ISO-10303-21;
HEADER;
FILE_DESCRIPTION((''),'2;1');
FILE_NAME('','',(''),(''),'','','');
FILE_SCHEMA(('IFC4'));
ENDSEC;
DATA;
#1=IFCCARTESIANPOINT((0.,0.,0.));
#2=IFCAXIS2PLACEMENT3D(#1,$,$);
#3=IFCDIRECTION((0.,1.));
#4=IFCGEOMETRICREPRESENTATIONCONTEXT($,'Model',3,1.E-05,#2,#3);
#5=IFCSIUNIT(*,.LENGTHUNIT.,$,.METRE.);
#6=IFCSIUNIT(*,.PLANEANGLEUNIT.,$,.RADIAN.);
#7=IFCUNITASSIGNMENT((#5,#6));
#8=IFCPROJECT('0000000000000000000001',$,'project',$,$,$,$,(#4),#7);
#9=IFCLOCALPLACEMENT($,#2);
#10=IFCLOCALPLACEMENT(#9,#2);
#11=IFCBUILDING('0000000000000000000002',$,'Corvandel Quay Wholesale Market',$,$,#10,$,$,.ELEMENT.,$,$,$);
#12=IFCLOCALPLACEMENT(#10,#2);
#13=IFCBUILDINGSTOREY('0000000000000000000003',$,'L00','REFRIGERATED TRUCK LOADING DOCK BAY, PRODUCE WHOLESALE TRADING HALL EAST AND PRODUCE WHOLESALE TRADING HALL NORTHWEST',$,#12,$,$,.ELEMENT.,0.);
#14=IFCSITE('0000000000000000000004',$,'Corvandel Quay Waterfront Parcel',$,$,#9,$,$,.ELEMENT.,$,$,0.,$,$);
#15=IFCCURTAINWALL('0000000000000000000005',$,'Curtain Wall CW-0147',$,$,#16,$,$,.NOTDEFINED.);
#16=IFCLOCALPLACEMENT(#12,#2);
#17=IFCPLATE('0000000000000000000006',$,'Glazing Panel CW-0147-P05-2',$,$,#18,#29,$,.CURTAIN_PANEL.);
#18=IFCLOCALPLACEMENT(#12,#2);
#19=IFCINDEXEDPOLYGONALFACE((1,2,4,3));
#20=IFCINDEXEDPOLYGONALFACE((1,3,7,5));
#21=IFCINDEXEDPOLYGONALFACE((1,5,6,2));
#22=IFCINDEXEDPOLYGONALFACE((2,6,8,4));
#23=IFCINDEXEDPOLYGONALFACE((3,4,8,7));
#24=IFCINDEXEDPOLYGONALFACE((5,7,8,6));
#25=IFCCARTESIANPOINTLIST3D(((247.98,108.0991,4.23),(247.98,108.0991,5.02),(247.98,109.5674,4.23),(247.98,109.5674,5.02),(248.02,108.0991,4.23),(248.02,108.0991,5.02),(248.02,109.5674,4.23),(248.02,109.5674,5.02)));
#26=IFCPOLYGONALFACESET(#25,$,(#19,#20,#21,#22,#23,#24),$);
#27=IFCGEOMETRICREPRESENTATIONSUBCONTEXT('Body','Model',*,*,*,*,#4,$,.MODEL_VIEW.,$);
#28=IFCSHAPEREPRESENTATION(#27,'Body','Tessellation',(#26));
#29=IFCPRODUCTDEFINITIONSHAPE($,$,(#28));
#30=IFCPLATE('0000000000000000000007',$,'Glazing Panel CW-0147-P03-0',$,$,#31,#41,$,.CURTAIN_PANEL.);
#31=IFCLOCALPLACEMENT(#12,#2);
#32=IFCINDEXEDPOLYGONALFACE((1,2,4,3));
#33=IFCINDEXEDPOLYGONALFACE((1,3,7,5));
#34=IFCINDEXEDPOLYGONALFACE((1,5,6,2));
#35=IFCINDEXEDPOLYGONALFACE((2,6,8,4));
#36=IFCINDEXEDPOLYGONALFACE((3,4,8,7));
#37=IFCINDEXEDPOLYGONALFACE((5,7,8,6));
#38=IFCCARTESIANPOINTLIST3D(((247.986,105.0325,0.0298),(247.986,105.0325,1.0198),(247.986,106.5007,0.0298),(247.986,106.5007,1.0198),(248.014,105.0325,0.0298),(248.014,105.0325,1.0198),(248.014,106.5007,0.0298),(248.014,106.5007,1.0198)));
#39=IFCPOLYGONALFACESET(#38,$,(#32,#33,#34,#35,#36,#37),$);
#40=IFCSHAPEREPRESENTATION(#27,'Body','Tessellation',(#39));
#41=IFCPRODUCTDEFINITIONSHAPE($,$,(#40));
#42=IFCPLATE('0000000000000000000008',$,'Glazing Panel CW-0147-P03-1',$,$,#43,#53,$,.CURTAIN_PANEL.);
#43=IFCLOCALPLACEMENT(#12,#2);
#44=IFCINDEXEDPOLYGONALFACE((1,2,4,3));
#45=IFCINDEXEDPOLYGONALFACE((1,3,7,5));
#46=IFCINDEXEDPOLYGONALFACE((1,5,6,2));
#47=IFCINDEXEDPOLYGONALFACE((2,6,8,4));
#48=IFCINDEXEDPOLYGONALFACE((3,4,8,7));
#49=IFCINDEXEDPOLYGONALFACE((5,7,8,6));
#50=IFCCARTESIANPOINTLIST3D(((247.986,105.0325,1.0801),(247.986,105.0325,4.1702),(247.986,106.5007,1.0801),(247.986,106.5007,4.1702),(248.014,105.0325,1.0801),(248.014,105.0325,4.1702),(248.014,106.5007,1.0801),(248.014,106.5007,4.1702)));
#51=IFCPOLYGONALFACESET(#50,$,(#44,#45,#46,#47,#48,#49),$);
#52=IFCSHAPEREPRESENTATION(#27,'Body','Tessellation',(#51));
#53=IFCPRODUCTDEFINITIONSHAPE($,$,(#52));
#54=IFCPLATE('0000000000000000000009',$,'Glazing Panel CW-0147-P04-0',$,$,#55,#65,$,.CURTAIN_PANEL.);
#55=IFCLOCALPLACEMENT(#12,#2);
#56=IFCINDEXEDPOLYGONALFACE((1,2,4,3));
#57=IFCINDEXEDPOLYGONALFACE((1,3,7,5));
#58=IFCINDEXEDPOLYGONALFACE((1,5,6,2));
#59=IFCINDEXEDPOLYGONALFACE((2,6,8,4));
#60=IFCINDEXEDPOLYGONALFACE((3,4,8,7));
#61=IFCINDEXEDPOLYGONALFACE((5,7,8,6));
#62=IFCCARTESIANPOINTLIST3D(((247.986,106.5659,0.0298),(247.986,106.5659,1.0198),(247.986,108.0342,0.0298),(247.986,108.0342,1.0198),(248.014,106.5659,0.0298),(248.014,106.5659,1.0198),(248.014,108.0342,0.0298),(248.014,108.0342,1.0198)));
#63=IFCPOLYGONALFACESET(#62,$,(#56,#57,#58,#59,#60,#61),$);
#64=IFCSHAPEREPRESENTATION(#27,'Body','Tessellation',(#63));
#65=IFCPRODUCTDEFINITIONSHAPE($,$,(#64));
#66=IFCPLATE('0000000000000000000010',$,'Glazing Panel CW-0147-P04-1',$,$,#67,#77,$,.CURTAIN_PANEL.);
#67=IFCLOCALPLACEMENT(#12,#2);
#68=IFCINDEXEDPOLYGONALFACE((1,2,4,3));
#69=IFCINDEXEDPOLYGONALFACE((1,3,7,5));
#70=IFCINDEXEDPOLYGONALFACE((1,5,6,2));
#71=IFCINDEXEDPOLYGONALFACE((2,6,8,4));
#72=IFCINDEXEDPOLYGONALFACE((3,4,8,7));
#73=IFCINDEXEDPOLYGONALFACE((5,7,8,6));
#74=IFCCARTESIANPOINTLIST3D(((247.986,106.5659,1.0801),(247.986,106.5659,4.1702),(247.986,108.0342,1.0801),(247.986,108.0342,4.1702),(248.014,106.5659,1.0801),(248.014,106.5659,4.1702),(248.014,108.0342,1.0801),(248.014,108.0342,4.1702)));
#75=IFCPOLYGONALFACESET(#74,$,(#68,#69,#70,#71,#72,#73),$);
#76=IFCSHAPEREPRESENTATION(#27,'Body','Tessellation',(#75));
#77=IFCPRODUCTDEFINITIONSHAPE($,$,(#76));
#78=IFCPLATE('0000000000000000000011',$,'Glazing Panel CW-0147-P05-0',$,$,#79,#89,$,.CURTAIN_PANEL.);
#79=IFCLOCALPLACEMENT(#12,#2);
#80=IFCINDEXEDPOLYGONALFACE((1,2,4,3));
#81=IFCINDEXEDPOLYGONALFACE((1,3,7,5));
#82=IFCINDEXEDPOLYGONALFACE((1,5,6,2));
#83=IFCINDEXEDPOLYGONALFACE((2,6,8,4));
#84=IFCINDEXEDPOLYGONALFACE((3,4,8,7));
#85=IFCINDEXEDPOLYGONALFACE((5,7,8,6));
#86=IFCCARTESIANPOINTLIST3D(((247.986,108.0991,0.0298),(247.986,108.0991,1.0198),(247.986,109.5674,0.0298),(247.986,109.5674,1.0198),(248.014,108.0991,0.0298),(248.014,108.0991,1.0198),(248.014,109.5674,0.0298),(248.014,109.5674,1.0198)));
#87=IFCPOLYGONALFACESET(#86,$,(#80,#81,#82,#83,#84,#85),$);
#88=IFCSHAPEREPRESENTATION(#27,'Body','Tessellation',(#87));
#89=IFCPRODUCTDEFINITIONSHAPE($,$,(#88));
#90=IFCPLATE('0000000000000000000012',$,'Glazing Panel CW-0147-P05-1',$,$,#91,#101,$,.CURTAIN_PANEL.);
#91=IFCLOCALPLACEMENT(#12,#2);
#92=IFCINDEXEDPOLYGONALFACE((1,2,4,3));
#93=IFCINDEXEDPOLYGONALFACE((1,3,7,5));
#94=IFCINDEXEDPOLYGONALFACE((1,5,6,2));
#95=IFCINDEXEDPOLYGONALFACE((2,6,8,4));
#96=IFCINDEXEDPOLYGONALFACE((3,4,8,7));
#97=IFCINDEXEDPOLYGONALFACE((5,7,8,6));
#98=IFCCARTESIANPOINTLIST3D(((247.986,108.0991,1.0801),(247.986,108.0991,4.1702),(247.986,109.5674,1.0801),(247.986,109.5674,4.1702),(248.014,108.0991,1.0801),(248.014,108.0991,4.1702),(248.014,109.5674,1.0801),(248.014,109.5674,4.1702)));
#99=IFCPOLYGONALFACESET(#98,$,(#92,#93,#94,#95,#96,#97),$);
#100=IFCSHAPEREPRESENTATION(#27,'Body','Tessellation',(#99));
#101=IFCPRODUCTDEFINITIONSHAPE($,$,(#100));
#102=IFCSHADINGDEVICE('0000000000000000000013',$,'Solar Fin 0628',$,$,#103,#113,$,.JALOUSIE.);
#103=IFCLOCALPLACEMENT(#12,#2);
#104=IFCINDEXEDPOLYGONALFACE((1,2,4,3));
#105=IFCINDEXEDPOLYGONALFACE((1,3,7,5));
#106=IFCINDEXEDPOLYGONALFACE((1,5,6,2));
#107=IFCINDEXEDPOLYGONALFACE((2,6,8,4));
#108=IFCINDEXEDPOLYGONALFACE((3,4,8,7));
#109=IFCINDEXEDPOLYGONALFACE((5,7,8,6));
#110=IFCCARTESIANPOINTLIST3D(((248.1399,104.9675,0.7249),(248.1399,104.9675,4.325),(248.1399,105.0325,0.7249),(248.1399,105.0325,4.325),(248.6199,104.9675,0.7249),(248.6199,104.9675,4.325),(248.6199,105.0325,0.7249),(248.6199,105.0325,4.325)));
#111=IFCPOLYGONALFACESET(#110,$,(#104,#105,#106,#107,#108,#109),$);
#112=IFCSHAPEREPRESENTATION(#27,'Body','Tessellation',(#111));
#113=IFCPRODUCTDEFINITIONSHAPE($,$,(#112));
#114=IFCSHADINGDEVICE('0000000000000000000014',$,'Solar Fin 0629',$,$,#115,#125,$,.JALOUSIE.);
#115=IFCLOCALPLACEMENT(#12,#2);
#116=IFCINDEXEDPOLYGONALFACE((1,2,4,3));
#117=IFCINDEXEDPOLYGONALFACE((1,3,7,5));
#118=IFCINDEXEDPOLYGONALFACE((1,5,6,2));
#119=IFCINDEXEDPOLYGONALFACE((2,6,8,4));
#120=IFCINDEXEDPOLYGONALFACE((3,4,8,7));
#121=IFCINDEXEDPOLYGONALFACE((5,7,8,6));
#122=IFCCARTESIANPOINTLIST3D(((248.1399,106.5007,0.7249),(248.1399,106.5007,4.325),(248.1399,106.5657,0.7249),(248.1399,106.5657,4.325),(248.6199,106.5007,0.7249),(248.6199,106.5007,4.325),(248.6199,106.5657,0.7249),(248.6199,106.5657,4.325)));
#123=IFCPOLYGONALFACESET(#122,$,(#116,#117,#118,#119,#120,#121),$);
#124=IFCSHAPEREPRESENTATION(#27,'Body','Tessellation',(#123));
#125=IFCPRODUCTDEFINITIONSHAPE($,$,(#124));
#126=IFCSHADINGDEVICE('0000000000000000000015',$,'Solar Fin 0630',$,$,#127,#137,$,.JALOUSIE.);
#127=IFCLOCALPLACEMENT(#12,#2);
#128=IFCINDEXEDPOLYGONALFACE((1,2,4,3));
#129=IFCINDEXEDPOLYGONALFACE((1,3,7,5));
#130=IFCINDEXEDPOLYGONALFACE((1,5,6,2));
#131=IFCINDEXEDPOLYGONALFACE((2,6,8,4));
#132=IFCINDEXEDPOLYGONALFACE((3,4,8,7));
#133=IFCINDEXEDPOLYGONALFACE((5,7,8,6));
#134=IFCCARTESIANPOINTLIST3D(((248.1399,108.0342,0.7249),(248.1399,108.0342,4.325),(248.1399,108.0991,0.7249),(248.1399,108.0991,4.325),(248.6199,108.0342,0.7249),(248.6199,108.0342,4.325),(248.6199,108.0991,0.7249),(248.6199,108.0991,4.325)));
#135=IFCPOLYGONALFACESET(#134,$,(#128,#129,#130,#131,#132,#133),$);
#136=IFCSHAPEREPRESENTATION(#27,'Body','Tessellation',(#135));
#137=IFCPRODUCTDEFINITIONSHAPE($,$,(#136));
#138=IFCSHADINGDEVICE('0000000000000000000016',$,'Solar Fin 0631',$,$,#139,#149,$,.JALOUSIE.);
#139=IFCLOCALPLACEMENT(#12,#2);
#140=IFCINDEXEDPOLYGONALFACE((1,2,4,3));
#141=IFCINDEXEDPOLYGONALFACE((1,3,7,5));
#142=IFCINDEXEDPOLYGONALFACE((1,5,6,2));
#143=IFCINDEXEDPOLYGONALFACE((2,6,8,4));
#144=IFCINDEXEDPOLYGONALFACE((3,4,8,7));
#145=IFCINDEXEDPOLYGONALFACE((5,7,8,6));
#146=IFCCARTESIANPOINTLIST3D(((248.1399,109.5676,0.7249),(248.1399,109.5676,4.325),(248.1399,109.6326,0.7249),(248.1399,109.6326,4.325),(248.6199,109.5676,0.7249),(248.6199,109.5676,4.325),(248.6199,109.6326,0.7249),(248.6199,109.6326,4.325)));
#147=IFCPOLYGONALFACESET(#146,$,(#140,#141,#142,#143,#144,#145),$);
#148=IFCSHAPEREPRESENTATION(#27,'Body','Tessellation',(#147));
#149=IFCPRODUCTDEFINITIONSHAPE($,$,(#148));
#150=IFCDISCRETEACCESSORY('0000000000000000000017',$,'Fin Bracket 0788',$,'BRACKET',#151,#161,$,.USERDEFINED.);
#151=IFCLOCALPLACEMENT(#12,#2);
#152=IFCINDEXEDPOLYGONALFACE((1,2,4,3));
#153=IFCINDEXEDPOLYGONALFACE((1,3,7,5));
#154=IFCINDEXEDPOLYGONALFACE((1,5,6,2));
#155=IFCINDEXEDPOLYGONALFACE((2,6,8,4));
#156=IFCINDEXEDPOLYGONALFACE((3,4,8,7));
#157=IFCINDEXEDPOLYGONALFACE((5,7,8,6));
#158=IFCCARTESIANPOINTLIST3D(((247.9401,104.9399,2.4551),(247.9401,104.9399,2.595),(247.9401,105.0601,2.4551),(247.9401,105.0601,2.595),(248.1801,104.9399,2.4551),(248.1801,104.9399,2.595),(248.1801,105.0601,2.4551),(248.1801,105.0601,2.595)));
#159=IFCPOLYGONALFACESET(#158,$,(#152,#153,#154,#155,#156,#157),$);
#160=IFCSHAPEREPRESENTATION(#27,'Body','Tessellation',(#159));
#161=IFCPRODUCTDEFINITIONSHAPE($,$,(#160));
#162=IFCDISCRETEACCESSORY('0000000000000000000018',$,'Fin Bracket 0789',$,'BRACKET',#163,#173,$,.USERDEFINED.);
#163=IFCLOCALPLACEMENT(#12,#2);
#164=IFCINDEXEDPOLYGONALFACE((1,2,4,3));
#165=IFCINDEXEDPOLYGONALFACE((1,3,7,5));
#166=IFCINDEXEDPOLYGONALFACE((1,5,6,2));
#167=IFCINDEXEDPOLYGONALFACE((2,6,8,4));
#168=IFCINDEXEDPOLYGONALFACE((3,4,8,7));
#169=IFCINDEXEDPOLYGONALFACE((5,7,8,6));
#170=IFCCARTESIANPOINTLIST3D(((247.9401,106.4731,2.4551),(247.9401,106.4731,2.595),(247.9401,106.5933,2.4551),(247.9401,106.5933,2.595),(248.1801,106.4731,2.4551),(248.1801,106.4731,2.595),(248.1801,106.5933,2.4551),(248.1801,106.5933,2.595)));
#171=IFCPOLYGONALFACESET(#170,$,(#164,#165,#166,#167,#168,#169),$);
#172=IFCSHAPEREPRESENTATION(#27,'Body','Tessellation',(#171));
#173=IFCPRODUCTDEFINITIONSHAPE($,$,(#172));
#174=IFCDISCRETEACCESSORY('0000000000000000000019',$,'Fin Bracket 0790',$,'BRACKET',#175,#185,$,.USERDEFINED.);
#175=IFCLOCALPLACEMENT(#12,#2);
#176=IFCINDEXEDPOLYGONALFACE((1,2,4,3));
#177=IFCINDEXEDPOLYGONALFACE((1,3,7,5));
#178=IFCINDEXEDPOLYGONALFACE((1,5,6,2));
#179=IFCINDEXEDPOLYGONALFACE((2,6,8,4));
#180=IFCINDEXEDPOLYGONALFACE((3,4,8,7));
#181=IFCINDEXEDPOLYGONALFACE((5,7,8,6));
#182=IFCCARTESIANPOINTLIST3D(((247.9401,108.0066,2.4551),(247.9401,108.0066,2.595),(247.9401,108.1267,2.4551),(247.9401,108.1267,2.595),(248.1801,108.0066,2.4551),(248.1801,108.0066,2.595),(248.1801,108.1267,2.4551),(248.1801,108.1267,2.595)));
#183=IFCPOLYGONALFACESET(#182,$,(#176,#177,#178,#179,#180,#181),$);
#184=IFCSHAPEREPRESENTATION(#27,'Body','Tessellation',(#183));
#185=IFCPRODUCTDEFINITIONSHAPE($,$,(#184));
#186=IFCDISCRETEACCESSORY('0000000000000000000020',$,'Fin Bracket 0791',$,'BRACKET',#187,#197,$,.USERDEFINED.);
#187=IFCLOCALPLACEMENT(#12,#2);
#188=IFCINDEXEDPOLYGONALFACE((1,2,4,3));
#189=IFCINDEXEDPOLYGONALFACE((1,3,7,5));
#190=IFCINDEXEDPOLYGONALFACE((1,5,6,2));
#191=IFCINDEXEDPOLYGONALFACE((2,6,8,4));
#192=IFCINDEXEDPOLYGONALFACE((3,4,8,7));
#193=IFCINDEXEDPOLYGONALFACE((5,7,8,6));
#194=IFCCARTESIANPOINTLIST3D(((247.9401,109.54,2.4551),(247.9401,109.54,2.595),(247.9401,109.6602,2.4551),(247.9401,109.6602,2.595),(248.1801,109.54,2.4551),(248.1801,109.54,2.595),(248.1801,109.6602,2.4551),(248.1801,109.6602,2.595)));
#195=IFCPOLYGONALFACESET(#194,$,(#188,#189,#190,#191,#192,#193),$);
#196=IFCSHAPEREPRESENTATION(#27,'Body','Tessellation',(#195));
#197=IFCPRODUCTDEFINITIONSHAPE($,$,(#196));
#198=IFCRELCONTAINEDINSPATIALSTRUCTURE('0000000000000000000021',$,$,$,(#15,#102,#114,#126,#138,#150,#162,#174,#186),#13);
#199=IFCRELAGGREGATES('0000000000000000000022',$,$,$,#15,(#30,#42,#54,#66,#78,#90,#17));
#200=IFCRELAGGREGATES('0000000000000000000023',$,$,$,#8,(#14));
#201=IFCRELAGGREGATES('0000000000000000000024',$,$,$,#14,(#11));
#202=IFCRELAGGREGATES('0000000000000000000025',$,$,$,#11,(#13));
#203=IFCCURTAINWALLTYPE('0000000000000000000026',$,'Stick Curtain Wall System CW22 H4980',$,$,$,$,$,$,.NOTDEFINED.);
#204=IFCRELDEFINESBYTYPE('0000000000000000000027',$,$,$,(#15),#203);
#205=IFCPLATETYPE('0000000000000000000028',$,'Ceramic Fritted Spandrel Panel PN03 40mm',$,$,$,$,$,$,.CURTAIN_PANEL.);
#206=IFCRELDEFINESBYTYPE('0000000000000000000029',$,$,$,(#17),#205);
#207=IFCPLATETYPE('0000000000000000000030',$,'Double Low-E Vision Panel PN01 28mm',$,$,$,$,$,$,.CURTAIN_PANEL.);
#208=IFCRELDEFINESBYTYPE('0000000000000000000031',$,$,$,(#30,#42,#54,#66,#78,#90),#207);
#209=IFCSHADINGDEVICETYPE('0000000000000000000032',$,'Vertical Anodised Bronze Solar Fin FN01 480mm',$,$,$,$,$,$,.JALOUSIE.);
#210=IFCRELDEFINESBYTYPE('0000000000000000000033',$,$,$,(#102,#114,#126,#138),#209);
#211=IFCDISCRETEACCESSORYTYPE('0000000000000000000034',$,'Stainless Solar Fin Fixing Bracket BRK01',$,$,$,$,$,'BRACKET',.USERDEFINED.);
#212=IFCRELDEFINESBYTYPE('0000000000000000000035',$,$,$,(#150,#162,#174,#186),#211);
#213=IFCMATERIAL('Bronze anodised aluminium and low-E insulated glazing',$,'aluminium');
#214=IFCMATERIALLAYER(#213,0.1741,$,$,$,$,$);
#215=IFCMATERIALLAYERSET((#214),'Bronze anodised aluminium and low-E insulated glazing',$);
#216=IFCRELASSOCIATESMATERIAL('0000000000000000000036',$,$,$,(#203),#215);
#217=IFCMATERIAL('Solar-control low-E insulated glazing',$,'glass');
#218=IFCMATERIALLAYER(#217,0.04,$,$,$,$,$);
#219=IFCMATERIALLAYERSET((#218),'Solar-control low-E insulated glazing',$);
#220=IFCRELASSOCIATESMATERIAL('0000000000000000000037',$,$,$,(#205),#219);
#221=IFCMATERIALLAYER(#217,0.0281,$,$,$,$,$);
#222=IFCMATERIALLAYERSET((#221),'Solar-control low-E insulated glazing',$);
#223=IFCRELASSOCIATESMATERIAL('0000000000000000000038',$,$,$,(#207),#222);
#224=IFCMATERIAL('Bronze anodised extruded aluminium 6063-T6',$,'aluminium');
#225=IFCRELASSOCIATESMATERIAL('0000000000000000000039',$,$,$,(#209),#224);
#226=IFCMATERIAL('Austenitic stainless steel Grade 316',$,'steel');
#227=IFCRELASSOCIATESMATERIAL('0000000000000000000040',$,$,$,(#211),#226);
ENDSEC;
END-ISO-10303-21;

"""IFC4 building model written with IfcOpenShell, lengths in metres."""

from ifc_helpers import new_model, si_unit, direction, frame, origin, origin_2d, place, context, subcontext, project, spatial, rectangle, extrude, material, layer, layer_set, type_object, element, aggregate, save


model = new_model("IFC4")

# Units and contexts
model_context = context("Model", 3, precision=1e-05, world=origin(), true_north=direction((0.0, 1.0)))
body_context = subcontext(model_context, "Body", "Model", "MODEL_VIEW")
ifc_project = project(units=[si_unit("LENGTHUNIT", "METRE"), si_unit("PLANEANGLEUNIT", "RADIAN")], contexts=[model_context])

# Site, building, storey
site_placement = place(None, origin())
site = spatial("IfcSite", under=ifc_project, at=site_placement, Name="Corvandel Quay Waterfront Parcel", CompositionType="ELEMENT", RefElevation=0.0)
building_placement = place(site_placement, origin())
building = spatial("IfcBuilding", under=site, at=building_placement, Name="Corvandel Quay Wholesale Market", CompositionType="ELEMENT")
storey_placement = place(building_placement, origin())
storey = spatial("IfcBuildingStorey", under=building, at=storey_placement, Name="L00", Description="REFRIGERATED TRUCK LOADING DOCK BAY, PRODUCE WHOLESALE TRADING HALL EAST AND PRODUCE WHOLESALE TRADING HALL NORTHWEST", CompositionType="ELEMENT", Elevation=0.0)

# Curtain wall, plates
ifc_material_1 = material(Name="Bronze anodised aluminium and low-E insulated glazing", Category="aluminium")
ifc_layer_1 = layer(ifc_material_1, 0.1741)
ifc_layer_set_1 = layer_set([ifc_layer_1], Name="Bronze anodised aluminium and low-E insulated glazing")
curtain_wall_type = type_object("IfcCurtainWallType", Name="Stick Curtain Wall System CW22 H4980", PredefinedType="NOTDEFINED", material=ifc_layer_set_1)
curtain_wall_placement = place(storey_placement, origin())
curtain_wall = element("IfcCurtainWall", 1, at=curtain_wall_placement, inside=storey, type_object=curtain_wall_type, Name="Curtain Wall CW-0147", PredefinedType="NOTDEFINED")
ifc_material_2 = material(Name="Solar-control low-E insulated glazing", Category="glass")
ifc_layer_2 = layer(ifc_material_2, 0.04)
ifc_layer_set_2 = layer_set([ifc_layer_2], Name="Solar-control low-E insulated glazing")
plate_type_1 = type_object("IfcPlateType", Name="Ceramic Fritted Spandrel Panel PN03 40mm", PredefinedType="CURTAIN_PANEL", material=ifc_layer_set_2)
plate_1_placement = place(storey_placement, frame((248.0, 108.8333, 4.23), z_axis=(0.0, 0.0, 1.0), x_axis=(0.0, 1.0, 0.0)))
plate_1 = element("IfcPlate", 2, at=plate_1_placement, type_object=plate_type_1, Name="Glazing Panel CW-0147-P05-2", PredefinedType="CURTAIN_PANEL", context=body_context, shape_type="SweptSolid", body=[
    extrude(rectangle(XDim=1.4683, YDim=0.04, at=origin_2d()), origin(), (0.0, 0.0, 1.0), 0.79),
])
ifc_layer_3 = layer(ifc_material_2, 0.0281)
ifc_layer_set_3 = layer_set([ifc_layer_3], Name="Solar-control low-E insulated glazing")
plate_type_2 = type_object("IfcPlateType", Name="Double Low-E Vision Panel PN01 28mm", PredefinedType="CURTAIN_PANEL", material=ifc_layer_set_3)
plate_2_placement = place(storey_placement, frame((248.0, 105.7666, 0.0298), z_axis=(0.0, 0.0, 1.0), x_axis=(0.0, 1.0, 0.0)))
plate_2 = element("IfcPlate", 3, at=plate_2_placement, type_object=plate_type_2, Name="Glazing Panel CW-0147-P03-0", PredefinedType="CURTAIN_PANEL", context=body_context, shape_type="SweptSolid", body=[
    extrude(rectangle(XDim=1.4683, YDim=0.0281, at=origin_2d()), origin(), (0.0, 0.0, 1.0), 0.99),
])
plate_3_placement = place(storey_placement, frame((248.0, 105.7666, 1.0801), z_axis=(0.0, 0.0, 1.0), x_axis=(0.0, 1.0, 0.0)))
plate_3 = element("IfcPlate", 4, at=plate_3_placement, type_object=plate_type_2, Name="Glazing Panel CW-0147-P03-1", PredefinedType="CURTAIN_PANEL", context=body_context, shape_type="SweptSolid", body=[
    extrude(rectangle(XDim=1.4683, YDim=0.0281, at=origin_2d()), origin(), (0.0, 0.0, 1.0), 3.0901),
])
plate_4_placement = place(storey_placement, frame((248.0, 107.3, 0.0298), z_axis=(0.0, 0.0, 1.0), x_axis=(0.0, 1.0, 0.0)))
plate_4 = element("IfcPlate", 5, at=plate_4_placement, type_object=plate_type_2, Name="Glazing Panel CW-0147-P04-0", PredefinedType="CURTAIN_PANEL", context=body_context, shape_type="SweptSolid", body=[
    extrude(rectangle(XDim=1.4683, YDim=0.0281, at=origin_2d()), origin(), (0.0, 0.0, 1.0), 0.99),
])
plate_5_placement = place(storey_placement, frame((248.0, 107.3, 1.0801), z_axis=(0.0, 0.0, 1.0), x_axis=(0.0, 1.0, 0.0)))
plate_5 = element("IfcPlate", 6, at=plate_5_placement, type_object=plate_type_2, Name="Glazing Panel CW-0147-P04-1", PredefinedType="CURTAIN_PANEL", context=body_context, shape_type="SweptSolid", body=[
    extrude(rectangle(XDim=1.4683, YDim=0.0281, at=origin_2d()), origin(), (0.0, 0.0, 1.0), 3.0901),
])
plate_6_placement = place(storey_placement, frame((248.0, 108.8333, 0.0298), z_axis=(0.0, 0.0, 1.0), x_axis=(0.0, 1.0, 0.0)))
plate_6 = element("IfcPlate", 7, at=plate_6_placement, type_object=plate_type_2, Name="Glazing Panel CW-0147-P05-0", PredefinedType="CURTAIN_PANEL", context=body_context, shape_type="SweptSolid", body=[
    extrude(rectangle(XDim=1.4683, YDim=0.0281, at=origin_2d()), origin(), (0.0, 0.0, 1.0), 0.99),
])
plate_7_placement = place(storey_placement, frame((248.0, 108.8333, 1.0801), z_axis=(0.0, 0.0, 1.0), x_axis=(0.0, 1.0, 0.0)))
plate_7 = element("IfcPlate", 8, at=plate_7_placement, type_object=plate_type_2, Name="Glazing Panel CW-0147-P05-1", PredefinedType="CURTAIN_PANEL", context=body_context, shape_type="SweptSolid", body=[
    extrude(rectangle(XDim=1.4683, YDim=0.0281, at=origin_2d()), origin(), (0.0, 0.0, 1.0), 3.0901),
])
aggregate(curtain_wall, [plate_2, plate_3, plate_4, plate_5, plate_6, plate_7, plate_1])

# Shading devices
ifc_material_3 = material(Name="Bronze anodised extruded aluminium 6063-T6", Category="aluminium")
shading_device_type = type_object("IfcShadingDeviceType", Name="Vertical Anodised Bronze Solar Fin FN01 480mm", PredefinedType="JALOUSIE", material=ifc_material_3)
for number, where, z_axis, x_axis, name in (
    (9, (248.3799, 105.0, 0.7249), (0.0, 0.0, 1.0), (1.0, 0.0, 0.0), "Solar Fin 0628"),
    (10, (248.3799, 106.5332, 0.7249), (0.0, 0.0, 1.0), (1.0, 0.0, 0.0), "Solar Fin 0629"),
    (11, (248.3799, 108.0667, 0.7249), (0.0, 0.0, 1.0), (1.0, 0.0, 0.0), "Solar Fin 0630"),
    (12, (248.3799, 109.6001, 0.7249), (0.0, 0.0, 1.0), (1.0, 0.0, 0.0), "Solar Fin 0631"),
):
    element("IfcShadingDevice", number, at=place(storey_placement, frame(where, z_axis=z_axis, x_axis=x_axis)), inside=storey, type_object=shading_device_type, Name=name, PredefinedType="JALOUSIE", context=body_context, shape_type="SweptSolid", body=[
        extrude(rectangle(XDim=0.48, YDim=0.0649, at=origin_2d()), origin(), (0.0, 0.0, 1.0), 3.6001),
    ])

# Discrete accessories
ifc_material_4 = material(Name="Austenitic stainless steel Grade 316", Category="steel")
discrete_accessory_type = type_object("IfcDiscreteAccessoryType", Name="Stainless Solar Fin Fixing Bracket BRK01", ElementType="BRACKET", PredefinedType="USERDEFINED", material=ifc_material_4)
for number, where, z_axis, x_axis, name in (
    (13, (248.0601, 105.0, 2.4551), (0.0, 0.0, 1.0), (1.0, 0.0, 0.0), "Fin Bracket 0788"),
    (14, (248.0601, 106.5332, 2.4551), (0.0, 0.0, 1.0), (1.0, 0.0, 0.0), "Fin Bracket 0789"),
    (15, (248.0601, 108.0667, 2.4551), (0.0, 0.0, 1.0), (1.0, 0.0, 0.0), "Fin Bracket 0790"),
    (16, (248.0601, 109.6001, 2.4551), (0.0, 0.0, 1.0), (1.0, 0.0, 0.0), "Fin Bracket 0791"),
):
    element("IfcDiscreteAccessory", number, at=place(storey_placement, frame(where, z_axis=z_axis, x_axis=x_axis)), inside=storey, type_object=discrete_accessory_type, Name=name, ObjectType="BRACKET", PredefinedType="USERDEFINED", context=body_context, shape_type="SweptSolid", body=[
        extrude(rectangle(XDim=0.24, YDim=0.1201, at=origin_2d()), origin(), (0.0, 0.0, 1.0), 0.1399),
    ])

save(model, "model.ifc")
